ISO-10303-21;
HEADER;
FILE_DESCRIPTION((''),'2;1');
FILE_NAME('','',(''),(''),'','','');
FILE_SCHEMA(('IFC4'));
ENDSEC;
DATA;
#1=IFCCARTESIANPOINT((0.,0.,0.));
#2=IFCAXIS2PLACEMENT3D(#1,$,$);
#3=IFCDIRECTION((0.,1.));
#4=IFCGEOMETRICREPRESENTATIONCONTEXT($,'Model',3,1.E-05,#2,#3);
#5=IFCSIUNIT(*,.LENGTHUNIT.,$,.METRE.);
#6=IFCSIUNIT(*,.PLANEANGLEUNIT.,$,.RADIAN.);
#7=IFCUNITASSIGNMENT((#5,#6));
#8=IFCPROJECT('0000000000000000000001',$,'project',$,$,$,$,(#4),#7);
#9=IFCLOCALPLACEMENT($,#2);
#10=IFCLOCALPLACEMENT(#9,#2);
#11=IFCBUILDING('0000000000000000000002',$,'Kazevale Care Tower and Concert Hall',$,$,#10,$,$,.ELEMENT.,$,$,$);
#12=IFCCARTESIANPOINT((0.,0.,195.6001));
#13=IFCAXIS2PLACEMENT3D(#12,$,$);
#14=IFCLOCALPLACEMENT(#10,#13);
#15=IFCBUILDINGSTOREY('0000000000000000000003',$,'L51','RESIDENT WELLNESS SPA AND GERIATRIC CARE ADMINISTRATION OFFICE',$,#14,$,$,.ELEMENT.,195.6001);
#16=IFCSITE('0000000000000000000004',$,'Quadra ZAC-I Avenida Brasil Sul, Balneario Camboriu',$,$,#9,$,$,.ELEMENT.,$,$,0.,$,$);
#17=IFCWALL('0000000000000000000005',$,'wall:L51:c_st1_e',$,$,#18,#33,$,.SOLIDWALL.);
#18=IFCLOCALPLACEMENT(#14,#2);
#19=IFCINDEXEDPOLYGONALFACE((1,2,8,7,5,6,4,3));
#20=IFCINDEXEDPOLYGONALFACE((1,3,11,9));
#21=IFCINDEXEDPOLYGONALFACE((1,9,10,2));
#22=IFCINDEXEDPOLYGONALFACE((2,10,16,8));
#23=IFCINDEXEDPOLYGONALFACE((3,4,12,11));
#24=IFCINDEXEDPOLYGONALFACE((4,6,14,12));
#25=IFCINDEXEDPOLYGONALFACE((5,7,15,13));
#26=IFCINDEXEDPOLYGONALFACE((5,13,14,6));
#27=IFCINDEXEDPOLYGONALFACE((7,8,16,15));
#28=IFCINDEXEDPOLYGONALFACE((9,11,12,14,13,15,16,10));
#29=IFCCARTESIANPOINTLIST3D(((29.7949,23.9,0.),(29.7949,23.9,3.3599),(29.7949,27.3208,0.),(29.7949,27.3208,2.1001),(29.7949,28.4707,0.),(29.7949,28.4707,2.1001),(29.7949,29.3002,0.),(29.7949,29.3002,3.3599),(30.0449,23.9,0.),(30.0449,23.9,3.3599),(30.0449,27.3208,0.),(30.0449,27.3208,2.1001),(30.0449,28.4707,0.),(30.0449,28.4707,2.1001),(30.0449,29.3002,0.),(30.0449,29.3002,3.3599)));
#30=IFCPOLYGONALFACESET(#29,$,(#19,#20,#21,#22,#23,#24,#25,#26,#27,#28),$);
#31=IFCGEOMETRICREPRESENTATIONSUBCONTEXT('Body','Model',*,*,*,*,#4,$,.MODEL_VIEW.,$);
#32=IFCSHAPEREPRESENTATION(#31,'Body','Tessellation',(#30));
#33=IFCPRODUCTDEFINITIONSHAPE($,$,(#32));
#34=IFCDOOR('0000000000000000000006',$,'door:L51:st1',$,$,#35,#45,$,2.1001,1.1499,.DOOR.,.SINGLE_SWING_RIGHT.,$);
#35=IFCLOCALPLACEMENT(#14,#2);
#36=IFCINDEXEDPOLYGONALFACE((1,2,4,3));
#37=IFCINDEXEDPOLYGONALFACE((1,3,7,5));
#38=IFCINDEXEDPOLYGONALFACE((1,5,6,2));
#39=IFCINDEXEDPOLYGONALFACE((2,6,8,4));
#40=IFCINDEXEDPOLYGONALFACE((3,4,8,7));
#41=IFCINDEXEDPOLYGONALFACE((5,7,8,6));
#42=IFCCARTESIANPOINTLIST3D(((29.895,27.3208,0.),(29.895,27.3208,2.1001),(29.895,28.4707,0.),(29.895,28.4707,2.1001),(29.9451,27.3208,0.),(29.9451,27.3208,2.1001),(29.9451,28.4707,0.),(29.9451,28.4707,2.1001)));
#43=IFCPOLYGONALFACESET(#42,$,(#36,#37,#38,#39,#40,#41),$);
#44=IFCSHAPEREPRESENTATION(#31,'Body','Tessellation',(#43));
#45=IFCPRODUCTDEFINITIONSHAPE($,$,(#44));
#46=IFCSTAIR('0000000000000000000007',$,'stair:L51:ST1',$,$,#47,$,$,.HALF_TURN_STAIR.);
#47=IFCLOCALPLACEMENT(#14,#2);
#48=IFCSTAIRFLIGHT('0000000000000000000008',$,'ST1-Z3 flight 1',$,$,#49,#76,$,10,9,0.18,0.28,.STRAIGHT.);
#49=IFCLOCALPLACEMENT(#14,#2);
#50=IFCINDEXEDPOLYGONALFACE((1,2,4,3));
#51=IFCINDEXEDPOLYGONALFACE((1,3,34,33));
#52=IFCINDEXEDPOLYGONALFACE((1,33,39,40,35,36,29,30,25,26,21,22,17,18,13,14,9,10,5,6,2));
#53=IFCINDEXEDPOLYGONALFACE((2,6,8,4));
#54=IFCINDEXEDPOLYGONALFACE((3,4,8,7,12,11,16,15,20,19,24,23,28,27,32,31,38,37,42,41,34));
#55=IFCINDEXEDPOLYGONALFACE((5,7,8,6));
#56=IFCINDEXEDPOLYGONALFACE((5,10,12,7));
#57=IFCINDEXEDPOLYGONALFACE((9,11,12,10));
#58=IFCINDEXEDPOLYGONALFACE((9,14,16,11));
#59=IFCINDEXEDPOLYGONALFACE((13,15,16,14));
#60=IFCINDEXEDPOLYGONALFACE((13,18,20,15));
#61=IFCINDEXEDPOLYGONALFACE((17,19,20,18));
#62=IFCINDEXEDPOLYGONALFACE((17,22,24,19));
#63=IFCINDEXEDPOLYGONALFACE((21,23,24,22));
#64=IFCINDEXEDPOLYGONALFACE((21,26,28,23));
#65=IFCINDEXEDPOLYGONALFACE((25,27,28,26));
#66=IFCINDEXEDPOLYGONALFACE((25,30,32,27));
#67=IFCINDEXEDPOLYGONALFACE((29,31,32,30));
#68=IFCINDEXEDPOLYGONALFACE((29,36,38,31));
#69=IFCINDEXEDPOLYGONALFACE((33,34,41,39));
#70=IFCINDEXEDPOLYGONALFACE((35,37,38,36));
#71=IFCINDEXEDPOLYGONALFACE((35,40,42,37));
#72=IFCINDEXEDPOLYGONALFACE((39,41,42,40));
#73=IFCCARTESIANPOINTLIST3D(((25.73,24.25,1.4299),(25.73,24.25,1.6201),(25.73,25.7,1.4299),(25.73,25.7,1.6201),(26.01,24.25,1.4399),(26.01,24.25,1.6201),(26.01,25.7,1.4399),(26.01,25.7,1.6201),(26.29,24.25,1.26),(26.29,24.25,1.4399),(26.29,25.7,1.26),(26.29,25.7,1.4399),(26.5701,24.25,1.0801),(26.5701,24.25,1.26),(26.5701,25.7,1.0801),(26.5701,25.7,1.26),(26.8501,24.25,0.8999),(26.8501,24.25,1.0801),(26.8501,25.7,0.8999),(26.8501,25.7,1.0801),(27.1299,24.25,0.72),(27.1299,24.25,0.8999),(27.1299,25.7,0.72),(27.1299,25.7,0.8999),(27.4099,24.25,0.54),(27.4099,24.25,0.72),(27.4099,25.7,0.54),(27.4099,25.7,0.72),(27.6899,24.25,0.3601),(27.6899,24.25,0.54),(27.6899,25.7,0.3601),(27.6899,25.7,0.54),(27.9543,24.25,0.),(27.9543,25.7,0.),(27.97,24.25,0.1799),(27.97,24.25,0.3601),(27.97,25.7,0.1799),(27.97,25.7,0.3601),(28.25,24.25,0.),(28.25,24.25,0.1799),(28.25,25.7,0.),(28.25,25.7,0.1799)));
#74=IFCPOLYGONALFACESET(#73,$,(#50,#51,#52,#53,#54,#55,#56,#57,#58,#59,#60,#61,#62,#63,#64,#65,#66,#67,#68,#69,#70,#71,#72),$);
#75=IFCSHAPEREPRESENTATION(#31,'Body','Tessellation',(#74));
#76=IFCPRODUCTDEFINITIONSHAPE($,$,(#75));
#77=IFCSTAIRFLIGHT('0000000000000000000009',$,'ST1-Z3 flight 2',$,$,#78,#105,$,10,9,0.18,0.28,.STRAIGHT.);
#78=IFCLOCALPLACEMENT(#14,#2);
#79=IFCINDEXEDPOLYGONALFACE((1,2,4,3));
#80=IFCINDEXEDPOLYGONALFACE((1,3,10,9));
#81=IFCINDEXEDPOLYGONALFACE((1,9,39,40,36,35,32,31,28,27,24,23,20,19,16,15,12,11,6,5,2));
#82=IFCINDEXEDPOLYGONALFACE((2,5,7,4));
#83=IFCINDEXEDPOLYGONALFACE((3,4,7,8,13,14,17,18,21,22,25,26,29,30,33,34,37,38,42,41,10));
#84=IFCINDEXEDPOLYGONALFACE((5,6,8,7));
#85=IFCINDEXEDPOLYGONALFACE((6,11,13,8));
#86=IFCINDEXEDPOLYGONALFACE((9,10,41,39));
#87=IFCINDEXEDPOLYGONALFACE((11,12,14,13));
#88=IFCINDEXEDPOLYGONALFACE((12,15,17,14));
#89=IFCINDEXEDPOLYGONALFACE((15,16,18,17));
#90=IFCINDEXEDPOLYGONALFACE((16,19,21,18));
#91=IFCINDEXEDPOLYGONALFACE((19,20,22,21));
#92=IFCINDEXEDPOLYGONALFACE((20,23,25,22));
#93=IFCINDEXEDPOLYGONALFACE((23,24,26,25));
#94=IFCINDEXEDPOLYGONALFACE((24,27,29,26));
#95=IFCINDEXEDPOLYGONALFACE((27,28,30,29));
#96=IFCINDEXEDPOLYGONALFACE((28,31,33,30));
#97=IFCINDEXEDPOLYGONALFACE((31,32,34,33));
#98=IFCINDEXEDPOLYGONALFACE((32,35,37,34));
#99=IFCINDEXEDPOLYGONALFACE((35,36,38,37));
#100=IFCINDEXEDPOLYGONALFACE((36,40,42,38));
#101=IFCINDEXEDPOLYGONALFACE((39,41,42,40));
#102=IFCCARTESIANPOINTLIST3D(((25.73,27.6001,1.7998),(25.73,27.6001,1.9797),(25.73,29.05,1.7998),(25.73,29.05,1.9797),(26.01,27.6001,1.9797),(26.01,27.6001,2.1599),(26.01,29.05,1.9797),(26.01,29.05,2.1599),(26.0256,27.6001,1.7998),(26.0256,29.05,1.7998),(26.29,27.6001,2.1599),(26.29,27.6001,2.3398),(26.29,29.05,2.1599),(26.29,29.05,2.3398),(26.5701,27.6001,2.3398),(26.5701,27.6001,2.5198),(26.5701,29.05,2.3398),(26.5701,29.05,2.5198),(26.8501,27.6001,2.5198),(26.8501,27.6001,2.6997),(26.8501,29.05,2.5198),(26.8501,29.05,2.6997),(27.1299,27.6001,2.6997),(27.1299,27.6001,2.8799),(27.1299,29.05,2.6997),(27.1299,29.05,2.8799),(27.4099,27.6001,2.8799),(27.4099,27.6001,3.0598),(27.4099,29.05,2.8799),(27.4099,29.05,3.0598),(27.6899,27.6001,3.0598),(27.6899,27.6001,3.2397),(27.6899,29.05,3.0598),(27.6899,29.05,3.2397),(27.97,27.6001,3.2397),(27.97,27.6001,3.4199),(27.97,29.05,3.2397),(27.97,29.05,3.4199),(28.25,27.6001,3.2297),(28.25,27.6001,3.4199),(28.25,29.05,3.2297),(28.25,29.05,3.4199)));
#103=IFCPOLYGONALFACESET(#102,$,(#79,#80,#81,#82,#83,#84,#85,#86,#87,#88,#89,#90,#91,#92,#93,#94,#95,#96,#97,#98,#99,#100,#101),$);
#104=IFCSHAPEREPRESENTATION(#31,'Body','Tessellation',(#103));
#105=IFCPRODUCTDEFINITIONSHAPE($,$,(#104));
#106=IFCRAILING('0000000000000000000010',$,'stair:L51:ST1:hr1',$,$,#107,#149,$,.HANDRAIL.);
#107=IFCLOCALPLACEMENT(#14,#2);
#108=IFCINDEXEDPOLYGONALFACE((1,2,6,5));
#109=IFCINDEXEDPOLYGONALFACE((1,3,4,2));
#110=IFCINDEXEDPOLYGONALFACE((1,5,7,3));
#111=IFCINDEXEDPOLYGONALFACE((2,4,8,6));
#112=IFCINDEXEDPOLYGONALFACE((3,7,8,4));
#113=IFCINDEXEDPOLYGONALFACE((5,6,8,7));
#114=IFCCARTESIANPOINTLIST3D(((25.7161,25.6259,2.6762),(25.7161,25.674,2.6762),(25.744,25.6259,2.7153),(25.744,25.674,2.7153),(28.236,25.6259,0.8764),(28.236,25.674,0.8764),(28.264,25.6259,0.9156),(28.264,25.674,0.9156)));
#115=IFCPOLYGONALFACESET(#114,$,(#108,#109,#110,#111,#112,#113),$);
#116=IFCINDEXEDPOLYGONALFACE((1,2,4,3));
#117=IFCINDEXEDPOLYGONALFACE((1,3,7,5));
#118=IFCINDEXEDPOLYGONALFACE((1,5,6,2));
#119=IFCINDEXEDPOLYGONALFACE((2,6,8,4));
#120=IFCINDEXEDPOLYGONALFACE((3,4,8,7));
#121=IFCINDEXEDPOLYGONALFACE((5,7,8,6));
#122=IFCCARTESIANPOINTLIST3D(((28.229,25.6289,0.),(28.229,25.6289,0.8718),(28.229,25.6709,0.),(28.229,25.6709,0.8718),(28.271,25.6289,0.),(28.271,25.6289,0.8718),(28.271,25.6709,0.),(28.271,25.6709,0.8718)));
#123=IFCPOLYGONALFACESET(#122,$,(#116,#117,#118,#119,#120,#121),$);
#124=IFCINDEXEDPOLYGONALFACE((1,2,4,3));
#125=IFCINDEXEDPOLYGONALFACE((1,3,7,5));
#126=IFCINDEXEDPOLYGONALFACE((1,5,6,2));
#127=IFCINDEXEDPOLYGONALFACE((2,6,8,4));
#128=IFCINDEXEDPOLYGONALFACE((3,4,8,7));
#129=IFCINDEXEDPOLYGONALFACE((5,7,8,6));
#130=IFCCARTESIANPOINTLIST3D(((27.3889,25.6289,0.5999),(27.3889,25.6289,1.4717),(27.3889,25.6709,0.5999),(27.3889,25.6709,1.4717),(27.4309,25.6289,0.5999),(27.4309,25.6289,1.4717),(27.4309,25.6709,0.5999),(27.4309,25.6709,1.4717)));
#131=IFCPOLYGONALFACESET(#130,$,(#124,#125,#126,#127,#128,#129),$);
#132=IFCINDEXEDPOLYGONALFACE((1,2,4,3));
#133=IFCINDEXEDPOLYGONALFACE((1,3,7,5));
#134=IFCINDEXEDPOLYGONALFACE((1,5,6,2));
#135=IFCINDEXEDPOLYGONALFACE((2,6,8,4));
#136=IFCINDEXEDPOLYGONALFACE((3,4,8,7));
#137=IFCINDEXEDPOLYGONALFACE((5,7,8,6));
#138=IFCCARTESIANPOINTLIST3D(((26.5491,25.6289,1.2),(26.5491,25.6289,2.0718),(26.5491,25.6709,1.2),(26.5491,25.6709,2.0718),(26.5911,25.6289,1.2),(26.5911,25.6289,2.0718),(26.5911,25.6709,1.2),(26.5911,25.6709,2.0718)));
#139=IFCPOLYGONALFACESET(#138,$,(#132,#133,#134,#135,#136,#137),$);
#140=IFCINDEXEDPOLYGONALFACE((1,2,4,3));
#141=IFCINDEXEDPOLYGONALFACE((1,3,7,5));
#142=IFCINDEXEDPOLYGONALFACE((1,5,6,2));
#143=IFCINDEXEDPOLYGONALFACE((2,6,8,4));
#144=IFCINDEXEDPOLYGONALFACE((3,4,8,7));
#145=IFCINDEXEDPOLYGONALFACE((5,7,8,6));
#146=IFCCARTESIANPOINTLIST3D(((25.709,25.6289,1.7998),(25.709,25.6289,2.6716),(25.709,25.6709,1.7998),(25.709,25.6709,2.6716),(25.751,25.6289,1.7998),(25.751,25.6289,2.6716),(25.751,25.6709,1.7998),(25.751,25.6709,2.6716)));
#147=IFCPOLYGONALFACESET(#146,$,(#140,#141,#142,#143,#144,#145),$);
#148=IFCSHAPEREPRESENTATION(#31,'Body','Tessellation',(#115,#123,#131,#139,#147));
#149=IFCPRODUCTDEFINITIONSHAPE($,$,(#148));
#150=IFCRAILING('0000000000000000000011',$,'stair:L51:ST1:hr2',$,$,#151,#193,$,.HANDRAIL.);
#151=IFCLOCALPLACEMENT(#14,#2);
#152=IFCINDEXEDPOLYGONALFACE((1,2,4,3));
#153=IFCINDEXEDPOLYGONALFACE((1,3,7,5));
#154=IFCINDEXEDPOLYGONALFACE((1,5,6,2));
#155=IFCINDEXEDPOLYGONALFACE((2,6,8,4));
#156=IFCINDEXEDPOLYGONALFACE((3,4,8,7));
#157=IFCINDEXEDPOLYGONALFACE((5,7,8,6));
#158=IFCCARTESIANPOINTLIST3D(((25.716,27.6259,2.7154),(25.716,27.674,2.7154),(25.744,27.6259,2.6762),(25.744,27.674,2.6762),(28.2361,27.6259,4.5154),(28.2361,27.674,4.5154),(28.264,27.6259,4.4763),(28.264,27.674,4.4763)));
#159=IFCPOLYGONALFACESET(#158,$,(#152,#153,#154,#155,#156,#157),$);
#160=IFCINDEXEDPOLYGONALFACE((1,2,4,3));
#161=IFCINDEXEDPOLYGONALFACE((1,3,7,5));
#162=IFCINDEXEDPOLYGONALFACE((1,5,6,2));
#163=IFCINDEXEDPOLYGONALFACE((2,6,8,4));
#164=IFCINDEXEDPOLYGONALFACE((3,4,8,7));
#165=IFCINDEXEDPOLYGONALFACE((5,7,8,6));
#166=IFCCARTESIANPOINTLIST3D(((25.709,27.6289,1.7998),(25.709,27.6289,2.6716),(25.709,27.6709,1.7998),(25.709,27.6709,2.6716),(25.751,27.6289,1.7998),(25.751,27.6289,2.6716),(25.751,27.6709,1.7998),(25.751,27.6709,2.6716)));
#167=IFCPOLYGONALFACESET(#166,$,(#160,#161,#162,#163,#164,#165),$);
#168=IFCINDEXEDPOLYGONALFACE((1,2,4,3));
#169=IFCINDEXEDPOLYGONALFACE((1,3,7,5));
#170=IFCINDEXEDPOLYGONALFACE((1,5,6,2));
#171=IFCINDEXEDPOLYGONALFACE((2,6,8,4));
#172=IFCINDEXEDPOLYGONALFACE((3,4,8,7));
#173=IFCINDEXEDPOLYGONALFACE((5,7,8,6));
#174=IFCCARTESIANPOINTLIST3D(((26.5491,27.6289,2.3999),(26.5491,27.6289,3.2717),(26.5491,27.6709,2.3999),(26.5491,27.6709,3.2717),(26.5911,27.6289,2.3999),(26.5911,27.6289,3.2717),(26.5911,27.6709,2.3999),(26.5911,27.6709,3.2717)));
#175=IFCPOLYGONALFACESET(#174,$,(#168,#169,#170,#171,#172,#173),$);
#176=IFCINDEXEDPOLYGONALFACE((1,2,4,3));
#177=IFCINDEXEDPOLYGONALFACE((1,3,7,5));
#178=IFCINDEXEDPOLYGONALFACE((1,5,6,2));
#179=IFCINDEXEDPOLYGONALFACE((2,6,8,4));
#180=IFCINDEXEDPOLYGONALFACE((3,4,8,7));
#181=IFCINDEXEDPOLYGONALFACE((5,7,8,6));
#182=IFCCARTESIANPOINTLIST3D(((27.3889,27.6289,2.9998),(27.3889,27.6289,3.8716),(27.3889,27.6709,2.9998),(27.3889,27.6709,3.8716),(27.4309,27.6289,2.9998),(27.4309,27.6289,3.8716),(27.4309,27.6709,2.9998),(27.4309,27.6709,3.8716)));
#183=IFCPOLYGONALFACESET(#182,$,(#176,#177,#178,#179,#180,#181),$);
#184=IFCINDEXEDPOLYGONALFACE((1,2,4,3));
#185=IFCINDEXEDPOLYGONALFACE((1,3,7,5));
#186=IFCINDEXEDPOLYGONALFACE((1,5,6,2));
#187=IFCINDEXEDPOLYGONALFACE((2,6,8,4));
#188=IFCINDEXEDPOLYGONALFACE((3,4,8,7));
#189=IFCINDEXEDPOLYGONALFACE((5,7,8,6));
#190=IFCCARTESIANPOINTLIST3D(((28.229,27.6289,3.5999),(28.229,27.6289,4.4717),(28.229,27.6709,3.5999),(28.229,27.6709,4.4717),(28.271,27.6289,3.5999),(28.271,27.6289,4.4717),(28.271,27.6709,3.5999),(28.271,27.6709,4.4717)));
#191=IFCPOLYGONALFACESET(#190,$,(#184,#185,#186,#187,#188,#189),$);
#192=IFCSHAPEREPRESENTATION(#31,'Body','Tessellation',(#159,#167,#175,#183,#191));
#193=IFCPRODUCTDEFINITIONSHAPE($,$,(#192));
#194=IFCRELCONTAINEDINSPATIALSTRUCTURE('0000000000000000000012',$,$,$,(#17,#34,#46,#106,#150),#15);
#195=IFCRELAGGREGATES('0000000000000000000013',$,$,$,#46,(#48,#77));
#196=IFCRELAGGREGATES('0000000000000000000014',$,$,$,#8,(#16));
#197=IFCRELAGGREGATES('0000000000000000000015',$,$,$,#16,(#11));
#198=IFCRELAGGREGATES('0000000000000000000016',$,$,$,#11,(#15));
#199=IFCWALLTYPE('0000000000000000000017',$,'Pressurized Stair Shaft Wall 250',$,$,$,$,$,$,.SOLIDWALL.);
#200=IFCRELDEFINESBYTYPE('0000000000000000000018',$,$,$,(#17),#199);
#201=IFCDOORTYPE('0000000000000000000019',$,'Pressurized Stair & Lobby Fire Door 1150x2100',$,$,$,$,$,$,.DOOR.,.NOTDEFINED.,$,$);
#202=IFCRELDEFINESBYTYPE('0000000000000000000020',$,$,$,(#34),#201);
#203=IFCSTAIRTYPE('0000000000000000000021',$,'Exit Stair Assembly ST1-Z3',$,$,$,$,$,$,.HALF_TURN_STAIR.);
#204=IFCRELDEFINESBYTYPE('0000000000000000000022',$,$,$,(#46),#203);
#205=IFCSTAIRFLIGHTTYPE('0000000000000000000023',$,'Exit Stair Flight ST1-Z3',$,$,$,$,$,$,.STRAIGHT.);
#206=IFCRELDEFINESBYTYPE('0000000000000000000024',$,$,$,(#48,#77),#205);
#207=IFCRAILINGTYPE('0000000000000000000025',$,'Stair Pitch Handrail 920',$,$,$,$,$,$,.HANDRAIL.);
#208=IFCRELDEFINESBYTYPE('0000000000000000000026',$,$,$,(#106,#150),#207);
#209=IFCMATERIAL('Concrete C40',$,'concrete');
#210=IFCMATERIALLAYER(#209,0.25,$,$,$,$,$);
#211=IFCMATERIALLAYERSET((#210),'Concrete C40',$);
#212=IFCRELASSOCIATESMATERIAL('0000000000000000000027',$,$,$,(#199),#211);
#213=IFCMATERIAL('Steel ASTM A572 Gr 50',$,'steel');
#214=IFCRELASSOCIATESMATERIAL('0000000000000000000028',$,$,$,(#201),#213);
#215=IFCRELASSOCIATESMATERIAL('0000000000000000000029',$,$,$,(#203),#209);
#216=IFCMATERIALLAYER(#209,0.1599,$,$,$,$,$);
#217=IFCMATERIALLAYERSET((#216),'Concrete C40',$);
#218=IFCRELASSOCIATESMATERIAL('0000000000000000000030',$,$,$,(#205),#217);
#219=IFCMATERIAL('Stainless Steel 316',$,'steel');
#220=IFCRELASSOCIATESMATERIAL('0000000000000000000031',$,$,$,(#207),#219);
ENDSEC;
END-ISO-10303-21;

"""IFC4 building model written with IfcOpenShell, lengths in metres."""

from ifc_helpers import new_model, si_unit, direction, frame, frame_2d, origin, origin_2d, place, context, subcontext, project, spatial, polyline, rectangle, outline, extrude, material, layer, layer_set, type_object, element, fill, aggregate, save


model = new_model("IFC4")

# Units and contexts
model_context = context("Model", 3, precision=1e-05, world=origin(), true_north=direction((0.0, 1.0)))
body_context = subcontext(model_context, "Body", "Model", "MODEL_VIEW")
ifc_project = project(units=[si_unit("LENGTHUNIT", "METRE"), si_unit("PLANEANGLEUNIT", "RADIAN")], contexts=[model_context])

# Site, building, storey
site_placement = place(None, origin())
site = spatial("IfcSite", under=ifc_project, at=site_placement, Name="Quadra ZAC-I Avenida Brasil Sul, Balneario Camboriu", CompositionType="ELEMENT", RefElevation=0.0)
building_placement = place(site_placement, origin())
building = spatial("IfcBuilding", under=site, at=building_placement, Name="Kazevale Care Tower and Concert Hall", CompositionType="ELEMENT")
storey_placement = place(building_placement, frame((0.0, 0.0, 195.6001)))
storey = spatial("IfcBuildingStorey", under=building, at=storey_placement, Name="L51", Description="RESIDENT WELLNESS SPA AND GERIATRIC CARE ADMINISTRATION OFFICE", CompositionType="ELEMENT", Elevation=195.6001)

# Shared definitions
ifc_material_1 = material(Name="Steel ASTM A572 Gr 50", Category="steel")

# Shared definitions
ifc_material_2 = material(Name="Concrete C40", Category="concrete")
ifc_material_3 = material(Name="Stainless Steel 316", Category="steel")

# Wall, opening, door
ifc_layer_1 = layer(ifc_material_2, 0.25)
ifc_layer_set_1 = layer_set([ifc_layer_1], Name="Concrete C40")
wall_type_1 = type_object("IfcWallType", Name="Pressurized Stair Shaft Wall 250", PredefinedType="SOLIDWALL", material=ifc_layer_set_1)
wall_1_placement = place(storey_placement, frame((29.9199, 23.8999, 0.0), z_axis=(0.0, 0.0, 1.0), x_axis=(0.0, 1.0, 0.0)))
wall_1 = element("IfcWall", 1, at=wall_1_placement, inside=storey, type_object=wall_type_1, Name="wall:L51:c_st1_e", PredefinedType="SOLIDWALL", context=body_context, shape_type="SweptSolid", body=[
    extrude(rectangle(XDim=5.4001, YDim=0.25, at=frame_2d((2.7002, 0.0))), origin(), (0.0, 0.0, 1.0), 3.3599),
])
opening_1_placement = place(wall_1_placement, frame((3.4209, 0.0, 0.0)))
opening_1 = element("IfcOpeningElement", 2, at=opening_1_placement, cuts=wall_1, PredefinedType="OPENING", context=body_context, shape_type="SweptSolid", body=[
    extrude(rectangle(XDim=1.1499, YDim=2.1001, at=frame_2d((0.575, 1.05))), frame((0.0, 0.135, 0.0), z_axis=(0.0, -1.0, 0.0), x_axis=(1.0, 0.0, 0.0)), (0.0, 0.0, 1.0), 0.27),
])
door_type_1 = type_object("IfcDoorType", Name="Pressurized Stair & Lobby Fire Door 1150x2100", OperationType="NOTDEFINED", PredefinedType="DOOR", material=ifc_material_1)
door_1_placement = place(opening_1_placement, origin())
door_1 = element("IfcDoor", 3, at=door_1_placement, inside=storey, type_object=door_type_1, Name="door:L51:st1", OperationType="SINGLE_SWING_RIGHT", OverallHeight=2.1001, OverallWidth=1.1499, PredefinedType="DOOR", context=body_context, shape_type="SweptSolid", body=[
    extrude(rectangle(XDim=1.1499, YDim=2.1001, at=frame_2d((0.575, 1.05))), frame((0.0, 0.0249, 0.0), z_axis=(0.0, -1.0, 0.0), x_axis=(1.0, 0.0, 0.0)), (0.0, 0.0, 1.0), 0.05),
])
fill(opening_1, door_1)

# Stair, stair flights
stair_type = type_object("IfcStairType", Name="Exit Stair Assembly ST1-Z3", PredefinedType="HALF_TURN_STAIR", material=ifc_material_2)
stair_placement = place(storey_placement, origin())
stair = element("IfcStair", 4, at=stair_placement, inside=storey, type_object=stair_type, Name="stair:L51:ST1", PredefinedType="HALF_TURN_STAIR")
ifc_layer_2 = layer(ifc_material_2, 0.1599)
ifc_layer_set_2 = layer_set([ifc_layer_2], Name="Concrete C40")
stair_flight_type = type_object("IfcStairFlightType", Name="Exit Stair Flight ST1-Z3", PredefinedType="STRAIGHT", material=ifc_layer_set_2)
stair_flight_1_placement = place(storey_placement, frame((28.25, 24.9751, 0.0), z_axis=(0.0, 0.0, 1.0), x_axis=(-1.0, 0.0, 0.0)))
stair_flight_1 = element("IfcStairFlight", 5, at=stair_flight_1_placement, type_object=stair_flight_type, Name="ST1-Z3 flight 1", NumberOfRisers=10, NumberOfTreads=9, PredefinedType="STRAIGHT", RiserHeight=0.18, TreadLength=0.28, context=body_context, shape_type="SweptSolid", body=[
    extrude(outline(polyline([(0.0, 0.0), (0.0, 0.1799), (0.28, 0.1799), (0.28, 0.3601), (0.5601, 0.3601), (0.5601, 0.54), (0.8401, 0.54), (0.8401, 0.72), (1.1201, 0.72), (1.1201, 0.8999), (1.3999, 0.8999), (1.3999, 1.0801), (1.6799, 1.0801), (1.6799, 1.26), (1.96, 1.26), (1.96, 1.4399), (2.24, 1.4399), (2.24, 1.6201), (2.52, 1.6201), (2.52, 1.8), (2.52, 1.4299), (0.2957, 0.0), (0.0, 0.0)])), frame((0.0, 0.7251, 0.0), z_axis=(0.0, -1.0, 0.0), x_axis=(1.0, 0.0, 0.0)), (0.0, 0.0, 1.0), 1.45),
])
stair_flight_2_placement = place(storey_placement, frame((25.73, 28.325, 1.7998), z_axis=(0.0, 0.0, 1.0), x_axis=(1.0, 0.0, 0.0)))
stair_flight_2 = element("IfcStairFlight", 6, at=stair_flight_2_placement, type_object=stair_flight_type, Name="ST1-Z3 flight 2", NumberOfRisers=10, NumberOfTreads=9, PredefinedType="STRAIGHT", RiserHeight=0.18, TreadLength=0.28, context=body_context, shape_type="SweptSolid", body=[
    extrude(outline(polyline([(0.0, 0.0), (0.0, 0.1799), (0.28, 0.1799), (0.28, 0.3601), (0.5601, 0.3601), (0.5601, 0.54), (0.8401, 0.54), (0.8401, 0.72), (1.1201, 0.72), (1.1201, 0.8999), (1.3999, 0.8999), (1.3999, 1.0801), (1.6799, 1.0801), (1.6799, 1.26), (1.96, 1.26), (1.96, 1.4399), (2.24, 1.4399), (2.24, 1.6201), (2.52, 1.6201), (2.52, 1.8), (2.52, 1.4299), (0.2957, 0.0), (0.0, 0.0)])), frame((0.0, 0.7251, 0.0), z_axis=(0.0, -1.0, 0.0), x_axis=(1.0, 0.0, 0.0)), (0.0, 0.0, 1.0), 1.45),
])
aggregate(stair, [stair_flight_1, stair_flight_2])

# Railings
railing_type_1 = type_object("IfcRailingType", Name="Stair Pitch Handrail 920", PredefinedType="HANDRAIL", material=ifc_material_3)
railing_1_placement = place(storey_placement, frame((28.25, 25.6499, 0.0)))
element("IfcRailing", 7, at=railing_1_placement, inside=storey, type_object=railing_type_1, Name="stair:L51:ST1:hr1", PredefinedType="HANDRAIL", context=body_context, shape_type="SweptSolid", body=[
    extrude(rectangle(XDim=0.0481, YDim=0.0481, at=origin_2d()), frame((0.0, 0.0, 0.896), z_axis=(-0.813765, 0.0, 0.581193), x_axis=(0.0, -1.0, 0.0)), (0.0, 0.0, 1.0), 3.0967),
    extrude(rectangle(XDim=0.042, YDim=0.042, at=origin_2d()), origin(), (0.0, 0.0, 1.0), 0.8718),
    extrude(rectangle(XDim=0.042, YDim=0.042, at=origin_2d()), frame((-0.8401, 0.0, 0.5999)), (0.0, 0.0, 1.0), 0.8718),
    extrude(rectangle(XDim=0.042, YDim=0.042, at=origin_2d()), frame((-1.6799, 0.0, 1.2)), (0.0, 0.0, 1.0), 0.8718),
    extrude(rectangle(XDim=0.042, YDim=0.042, at=origin_2d()), frame((-2.52, 0.0, 1.7998)), (0.0, 0.0, 1.0), 0.8718),
])
railing_2_placement = place(storey_placement, frame((25.73, 27.6499, 1.7998)))
element("IfcRailing", 8, at=railing_2_placement, inside=storey, type_object=railing_type_1, Name="stair:L51:ST1:hr2", PredefinedType="HANDRAIL", context=body_context, shape_type="SweptSolid", body=[
    extrude(rectangle(XDim=0.0481, YDim=0.0481, at=origin_2d()), frame((0.0, 0.0, 0.896), z_axis=(0.813728, 0.0, 0.581246), x_axis=(0.0, 1.0, 0.0)), (0.0, 0.0, 1.0), 3.0969),
    extrude(rectangle(XDim=0.042, YDim=0.042, at=origin_2d()), origin(), (0.0, 0.0, 1.0), 0.8718),
    extrude(rectangle(XDim=0.042, YDim=0.042, at=origin_2d()), frame((0.8401, 0.0, 0.6001)), (0.0, 0.0, 1.0), 0.8718),
    extrude(rectangle(XDim=0.042, YDim=0.042, at=origin_2d()), frame((1.6799, 0.0, 1.2)), (0.0, 0.0, 1.0), 0.8718),
    extrude(rectangle(XDim=0.042, YDim=0.042, at=origin_2d()), frame((2.52, 0.0, 1.8)), (0.0, 0.0, 1.0), 0.8718),
])

save(model, "model.ifc")
